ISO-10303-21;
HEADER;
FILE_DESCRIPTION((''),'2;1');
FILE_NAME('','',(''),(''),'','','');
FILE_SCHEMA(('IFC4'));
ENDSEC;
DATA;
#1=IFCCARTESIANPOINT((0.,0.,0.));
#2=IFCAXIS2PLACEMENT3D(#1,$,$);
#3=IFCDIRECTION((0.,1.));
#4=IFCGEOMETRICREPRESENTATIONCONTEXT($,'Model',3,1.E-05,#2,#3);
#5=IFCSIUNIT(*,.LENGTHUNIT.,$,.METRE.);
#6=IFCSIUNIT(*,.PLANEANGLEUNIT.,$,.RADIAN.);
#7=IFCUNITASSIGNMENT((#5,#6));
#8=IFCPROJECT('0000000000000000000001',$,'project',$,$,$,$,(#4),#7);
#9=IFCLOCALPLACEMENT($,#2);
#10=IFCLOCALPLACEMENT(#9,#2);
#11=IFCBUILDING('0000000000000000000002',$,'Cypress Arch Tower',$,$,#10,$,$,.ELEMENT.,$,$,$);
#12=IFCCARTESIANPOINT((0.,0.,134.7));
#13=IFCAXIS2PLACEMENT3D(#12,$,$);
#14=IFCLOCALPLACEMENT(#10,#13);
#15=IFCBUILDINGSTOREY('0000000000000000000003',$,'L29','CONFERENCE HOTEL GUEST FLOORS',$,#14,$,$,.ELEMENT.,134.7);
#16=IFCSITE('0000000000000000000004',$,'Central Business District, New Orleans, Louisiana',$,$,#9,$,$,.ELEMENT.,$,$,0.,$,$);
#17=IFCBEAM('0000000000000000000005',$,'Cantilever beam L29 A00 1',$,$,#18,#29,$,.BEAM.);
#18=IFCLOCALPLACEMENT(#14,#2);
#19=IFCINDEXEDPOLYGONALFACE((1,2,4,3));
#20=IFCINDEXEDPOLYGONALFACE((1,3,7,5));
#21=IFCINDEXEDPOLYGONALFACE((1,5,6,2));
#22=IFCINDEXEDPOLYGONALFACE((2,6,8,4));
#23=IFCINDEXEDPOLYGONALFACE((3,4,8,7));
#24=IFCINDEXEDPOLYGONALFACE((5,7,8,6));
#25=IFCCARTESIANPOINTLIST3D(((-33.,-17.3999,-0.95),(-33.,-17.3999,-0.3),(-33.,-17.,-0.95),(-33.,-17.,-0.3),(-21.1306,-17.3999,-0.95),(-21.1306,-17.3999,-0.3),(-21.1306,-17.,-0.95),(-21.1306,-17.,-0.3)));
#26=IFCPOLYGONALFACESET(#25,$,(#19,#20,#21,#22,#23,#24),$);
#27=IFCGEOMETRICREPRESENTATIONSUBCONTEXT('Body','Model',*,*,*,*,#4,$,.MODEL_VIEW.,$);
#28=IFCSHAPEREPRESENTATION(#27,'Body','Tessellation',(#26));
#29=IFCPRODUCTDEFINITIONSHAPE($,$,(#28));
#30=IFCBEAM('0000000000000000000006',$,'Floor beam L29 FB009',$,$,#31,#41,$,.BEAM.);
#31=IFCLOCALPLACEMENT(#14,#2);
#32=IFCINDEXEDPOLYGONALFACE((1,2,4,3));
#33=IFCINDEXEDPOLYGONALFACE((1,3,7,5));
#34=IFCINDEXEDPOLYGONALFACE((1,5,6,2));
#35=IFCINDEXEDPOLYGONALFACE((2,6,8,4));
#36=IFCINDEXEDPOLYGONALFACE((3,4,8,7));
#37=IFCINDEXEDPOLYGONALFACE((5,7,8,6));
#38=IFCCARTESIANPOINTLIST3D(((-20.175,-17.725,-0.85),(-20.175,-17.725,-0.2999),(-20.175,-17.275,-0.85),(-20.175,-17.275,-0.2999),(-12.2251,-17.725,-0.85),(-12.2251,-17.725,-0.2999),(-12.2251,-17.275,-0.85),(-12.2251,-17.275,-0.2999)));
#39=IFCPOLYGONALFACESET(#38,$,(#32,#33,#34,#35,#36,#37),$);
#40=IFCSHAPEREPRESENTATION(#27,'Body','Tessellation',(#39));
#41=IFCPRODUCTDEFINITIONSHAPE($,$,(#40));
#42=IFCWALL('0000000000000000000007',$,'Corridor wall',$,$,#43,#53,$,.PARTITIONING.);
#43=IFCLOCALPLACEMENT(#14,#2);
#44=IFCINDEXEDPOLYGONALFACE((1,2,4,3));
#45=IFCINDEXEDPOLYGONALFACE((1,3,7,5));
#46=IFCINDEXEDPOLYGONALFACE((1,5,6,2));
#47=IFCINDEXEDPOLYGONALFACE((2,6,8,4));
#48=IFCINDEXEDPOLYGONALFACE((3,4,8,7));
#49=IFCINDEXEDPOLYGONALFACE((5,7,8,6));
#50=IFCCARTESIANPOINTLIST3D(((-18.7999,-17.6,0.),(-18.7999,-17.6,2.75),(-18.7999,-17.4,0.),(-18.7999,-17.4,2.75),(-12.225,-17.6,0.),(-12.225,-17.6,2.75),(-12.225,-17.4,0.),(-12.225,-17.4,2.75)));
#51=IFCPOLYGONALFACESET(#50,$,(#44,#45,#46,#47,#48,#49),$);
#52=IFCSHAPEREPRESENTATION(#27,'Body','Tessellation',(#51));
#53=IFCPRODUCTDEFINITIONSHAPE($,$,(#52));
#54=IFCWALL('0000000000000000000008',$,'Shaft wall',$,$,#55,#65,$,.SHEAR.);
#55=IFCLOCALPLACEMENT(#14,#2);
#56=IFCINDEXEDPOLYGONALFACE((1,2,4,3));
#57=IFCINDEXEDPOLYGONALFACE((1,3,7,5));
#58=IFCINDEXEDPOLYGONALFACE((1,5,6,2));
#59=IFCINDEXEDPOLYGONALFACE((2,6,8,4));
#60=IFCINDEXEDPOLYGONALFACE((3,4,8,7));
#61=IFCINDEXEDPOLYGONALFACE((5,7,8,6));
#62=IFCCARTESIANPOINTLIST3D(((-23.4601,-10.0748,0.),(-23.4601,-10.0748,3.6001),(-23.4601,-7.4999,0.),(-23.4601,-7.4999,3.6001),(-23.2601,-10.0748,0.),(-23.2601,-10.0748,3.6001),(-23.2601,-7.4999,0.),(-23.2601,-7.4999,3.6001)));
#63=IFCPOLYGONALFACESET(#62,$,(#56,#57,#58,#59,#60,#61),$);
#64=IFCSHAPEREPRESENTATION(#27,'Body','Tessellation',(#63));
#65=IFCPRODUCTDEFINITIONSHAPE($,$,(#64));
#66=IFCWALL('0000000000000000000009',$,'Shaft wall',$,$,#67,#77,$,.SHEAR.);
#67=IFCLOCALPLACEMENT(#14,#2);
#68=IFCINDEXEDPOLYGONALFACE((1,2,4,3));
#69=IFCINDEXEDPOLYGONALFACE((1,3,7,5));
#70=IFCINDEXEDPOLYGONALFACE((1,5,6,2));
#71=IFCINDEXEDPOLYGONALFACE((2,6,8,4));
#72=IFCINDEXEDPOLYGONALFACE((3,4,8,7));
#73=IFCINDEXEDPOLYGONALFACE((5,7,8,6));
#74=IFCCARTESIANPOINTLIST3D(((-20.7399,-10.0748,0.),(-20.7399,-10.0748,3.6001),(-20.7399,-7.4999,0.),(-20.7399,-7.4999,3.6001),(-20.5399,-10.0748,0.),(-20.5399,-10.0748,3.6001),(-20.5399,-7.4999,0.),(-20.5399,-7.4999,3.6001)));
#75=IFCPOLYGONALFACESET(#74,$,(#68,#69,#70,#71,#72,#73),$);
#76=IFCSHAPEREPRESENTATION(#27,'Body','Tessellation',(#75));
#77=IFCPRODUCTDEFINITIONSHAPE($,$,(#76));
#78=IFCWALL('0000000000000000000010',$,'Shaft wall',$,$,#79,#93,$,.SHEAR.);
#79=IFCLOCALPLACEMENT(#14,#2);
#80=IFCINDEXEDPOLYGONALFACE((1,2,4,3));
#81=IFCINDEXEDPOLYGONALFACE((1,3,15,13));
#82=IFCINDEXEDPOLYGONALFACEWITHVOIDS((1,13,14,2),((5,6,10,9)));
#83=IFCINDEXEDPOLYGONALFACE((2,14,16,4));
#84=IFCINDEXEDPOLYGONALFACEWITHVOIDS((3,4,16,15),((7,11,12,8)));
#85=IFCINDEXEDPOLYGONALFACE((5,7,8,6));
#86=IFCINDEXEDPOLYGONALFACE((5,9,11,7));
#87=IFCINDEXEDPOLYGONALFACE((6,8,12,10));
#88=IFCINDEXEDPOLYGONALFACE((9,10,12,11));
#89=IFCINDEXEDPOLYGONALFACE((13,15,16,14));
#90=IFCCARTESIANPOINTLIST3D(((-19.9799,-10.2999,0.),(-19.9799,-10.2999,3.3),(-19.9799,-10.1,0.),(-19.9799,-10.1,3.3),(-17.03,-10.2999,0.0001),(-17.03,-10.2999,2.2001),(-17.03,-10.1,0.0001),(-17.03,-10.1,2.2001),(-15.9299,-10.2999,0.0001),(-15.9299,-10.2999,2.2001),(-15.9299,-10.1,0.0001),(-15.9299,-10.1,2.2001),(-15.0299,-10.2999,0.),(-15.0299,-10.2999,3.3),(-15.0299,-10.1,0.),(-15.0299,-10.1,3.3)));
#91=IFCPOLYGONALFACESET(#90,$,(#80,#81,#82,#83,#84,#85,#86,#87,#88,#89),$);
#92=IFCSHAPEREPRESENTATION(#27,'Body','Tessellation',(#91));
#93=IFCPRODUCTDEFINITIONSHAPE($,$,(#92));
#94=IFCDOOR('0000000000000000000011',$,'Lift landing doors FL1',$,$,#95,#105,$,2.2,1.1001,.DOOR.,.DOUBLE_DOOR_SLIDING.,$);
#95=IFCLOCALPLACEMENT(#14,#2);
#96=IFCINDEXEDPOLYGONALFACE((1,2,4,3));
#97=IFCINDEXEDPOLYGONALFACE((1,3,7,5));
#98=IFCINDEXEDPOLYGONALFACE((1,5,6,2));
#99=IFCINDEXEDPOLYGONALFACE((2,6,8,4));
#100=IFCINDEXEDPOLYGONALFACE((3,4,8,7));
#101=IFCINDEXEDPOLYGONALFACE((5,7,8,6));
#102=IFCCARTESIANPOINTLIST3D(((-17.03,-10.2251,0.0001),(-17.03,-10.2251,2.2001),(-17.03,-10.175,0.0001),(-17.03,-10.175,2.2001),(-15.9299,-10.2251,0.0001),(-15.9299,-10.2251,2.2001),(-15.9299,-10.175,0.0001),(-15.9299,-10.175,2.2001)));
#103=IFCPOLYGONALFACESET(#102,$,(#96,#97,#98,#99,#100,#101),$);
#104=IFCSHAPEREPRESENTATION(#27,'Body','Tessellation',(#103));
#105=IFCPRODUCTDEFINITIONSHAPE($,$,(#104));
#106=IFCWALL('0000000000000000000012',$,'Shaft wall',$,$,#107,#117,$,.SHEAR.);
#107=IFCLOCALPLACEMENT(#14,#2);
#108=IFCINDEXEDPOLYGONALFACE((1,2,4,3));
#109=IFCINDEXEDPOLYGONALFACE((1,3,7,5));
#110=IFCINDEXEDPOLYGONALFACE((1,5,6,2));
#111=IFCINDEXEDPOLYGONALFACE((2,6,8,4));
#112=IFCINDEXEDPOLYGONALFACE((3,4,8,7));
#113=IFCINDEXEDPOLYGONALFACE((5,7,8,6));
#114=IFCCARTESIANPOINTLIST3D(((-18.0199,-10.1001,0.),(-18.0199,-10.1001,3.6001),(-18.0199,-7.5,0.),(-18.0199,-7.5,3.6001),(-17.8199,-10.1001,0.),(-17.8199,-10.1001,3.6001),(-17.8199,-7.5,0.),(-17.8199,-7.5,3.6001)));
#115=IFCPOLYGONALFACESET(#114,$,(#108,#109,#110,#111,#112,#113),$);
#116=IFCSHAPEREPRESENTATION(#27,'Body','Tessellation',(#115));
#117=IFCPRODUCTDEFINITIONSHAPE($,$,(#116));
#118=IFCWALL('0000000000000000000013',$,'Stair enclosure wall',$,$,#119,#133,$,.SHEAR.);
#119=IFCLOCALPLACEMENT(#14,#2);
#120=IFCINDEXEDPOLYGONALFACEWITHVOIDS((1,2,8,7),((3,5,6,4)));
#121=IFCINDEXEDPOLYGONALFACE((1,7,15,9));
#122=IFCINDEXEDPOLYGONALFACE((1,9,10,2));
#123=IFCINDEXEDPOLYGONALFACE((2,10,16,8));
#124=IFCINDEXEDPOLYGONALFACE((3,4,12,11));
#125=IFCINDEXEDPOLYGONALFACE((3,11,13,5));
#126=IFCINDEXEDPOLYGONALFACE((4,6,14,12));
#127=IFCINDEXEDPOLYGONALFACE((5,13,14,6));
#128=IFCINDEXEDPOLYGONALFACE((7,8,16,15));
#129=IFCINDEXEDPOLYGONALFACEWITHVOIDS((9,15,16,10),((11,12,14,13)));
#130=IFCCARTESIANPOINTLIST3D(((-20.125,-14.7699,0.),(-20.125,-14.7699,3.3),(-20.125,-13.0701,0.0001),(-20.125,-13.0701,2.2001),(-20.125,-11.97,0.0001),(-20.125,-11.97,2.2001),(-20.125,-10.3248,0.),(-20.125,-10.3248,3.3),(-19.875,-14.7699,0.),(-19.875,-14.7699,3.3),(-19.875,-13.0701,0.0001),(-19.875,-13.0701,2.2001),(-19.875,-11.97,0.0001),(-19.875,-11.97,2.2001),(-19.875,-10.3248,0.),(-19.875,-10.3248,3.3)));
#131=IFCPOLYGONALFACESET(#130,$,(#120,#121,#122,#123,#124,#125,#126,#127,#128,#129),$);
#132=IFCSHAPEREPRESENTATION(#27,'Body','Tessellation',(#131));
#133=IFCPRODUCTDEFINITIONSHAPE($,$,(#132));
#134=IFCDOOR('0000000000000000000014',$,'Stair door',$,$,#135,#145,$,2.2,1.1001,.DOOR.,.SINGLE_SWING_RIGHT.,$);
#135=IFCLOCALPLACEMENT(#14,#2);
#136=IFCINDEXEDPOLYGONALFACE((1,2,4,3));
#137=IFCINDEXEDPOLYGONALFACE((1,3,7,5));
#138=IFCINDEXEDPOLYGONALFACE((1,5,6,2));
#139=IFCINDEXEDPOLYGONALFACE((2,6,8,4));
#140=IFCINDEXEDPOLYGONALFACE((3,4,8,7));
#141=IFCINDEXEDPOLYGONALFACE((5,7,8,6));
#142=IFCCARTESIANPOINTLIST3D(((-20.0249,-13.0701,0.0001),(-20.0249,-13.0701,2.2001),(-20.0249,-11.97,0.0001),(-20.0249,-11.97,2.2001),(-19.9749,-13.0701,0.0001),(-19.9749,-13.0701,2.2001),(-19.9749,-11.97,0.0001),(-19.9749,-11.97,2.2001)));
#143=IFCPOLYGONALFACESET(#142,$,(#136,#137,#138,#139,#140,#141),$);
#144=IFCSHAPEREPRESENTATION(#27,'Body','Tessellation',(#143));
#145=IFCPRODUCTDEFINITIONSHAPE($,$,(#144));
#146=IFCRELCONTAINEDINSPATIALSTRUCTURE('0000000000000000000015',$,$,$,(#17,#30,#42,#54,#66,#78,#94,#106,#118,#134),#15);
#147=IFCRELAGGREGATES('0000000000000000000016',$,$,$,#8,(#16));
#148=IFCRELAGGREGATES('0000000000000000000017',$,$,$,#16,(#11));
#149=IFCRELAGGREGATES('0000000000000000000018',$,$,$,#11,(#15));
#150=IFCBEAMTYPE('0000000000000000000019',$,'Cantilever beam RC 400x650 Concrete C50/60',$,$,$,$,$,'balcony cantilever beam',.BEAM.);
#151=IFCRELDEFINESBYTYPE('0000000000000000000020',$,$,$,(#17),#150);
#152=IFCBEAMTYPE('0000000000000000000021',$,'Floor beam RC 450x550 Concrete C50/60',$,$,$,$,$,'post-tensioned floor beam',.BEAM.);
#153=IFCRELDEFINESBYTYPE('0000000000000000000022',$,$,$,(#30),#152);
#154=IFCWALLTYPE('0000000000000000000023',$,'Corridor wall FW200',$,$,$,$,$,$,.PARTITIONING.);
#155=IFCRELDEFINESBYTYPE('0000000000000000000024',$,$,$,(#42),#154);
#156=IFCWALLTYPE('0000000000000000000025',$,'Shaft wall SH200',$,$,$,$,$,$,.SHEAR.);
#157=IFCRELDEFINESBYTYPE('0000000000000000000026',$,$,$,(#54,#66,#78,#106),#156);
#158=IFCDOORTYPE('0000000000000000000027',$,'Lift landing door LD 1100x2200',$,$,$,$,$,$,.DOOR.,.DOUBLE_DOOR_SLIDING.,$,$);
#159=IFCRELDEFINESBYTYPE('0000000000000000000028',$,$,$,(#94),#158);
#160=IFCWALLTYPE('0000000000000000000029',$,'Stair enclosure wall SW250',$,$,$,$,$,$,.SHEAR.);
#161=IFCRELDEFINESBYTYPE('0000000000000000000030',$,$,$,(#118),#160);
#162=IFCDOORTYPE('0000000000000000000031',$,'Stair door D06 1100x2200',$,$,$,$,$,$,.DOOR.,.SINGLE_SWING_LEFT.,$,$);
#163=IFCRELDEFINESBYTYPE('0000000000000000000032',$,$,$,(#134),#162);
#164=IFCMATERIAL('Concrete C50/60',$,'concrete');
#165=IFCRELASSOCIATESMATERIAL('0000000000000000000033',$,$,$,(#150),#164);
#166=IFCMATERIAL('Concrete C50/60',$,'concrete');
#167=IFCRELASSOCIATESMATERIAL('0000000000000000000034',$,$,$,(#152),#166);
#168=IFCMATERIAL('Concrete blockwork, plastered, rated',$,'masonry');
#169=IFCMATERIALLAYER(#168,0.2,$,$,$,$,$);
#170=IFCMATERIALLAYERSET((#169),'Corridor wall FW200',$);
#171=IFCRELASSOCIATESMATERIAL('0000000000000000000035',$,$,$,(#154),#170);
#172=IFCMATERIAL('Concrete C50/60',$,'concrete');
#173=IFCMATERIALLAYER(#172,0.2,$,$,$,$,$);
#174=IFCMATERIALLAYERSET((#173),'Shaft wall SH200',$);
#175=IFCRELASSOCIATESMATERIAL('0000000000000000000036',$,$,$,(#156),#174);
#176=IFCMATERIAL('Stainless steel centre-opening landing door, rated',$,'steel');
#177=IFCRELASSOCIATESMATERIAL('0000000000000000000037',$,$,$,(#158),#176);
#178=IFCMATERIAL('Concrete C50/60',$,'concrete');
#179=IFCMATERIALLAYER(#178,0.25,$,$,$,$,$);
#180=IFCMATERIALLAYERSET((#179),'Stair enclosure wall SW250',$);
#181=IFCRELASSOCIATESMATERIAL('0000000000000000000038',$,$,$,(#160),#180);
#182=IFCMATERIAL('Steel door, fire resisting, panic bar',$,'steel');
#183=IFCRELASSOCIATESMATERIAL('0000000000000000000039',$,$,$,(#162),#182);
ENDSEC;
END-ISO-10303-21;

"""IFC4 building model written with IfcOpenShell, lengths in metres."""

from ifc_helpers import new_model, si_unit, direction, frame, frame_2d, origin, origin_2d, place, context, subcontext, project, spatial, rectangle, extrude, material, layer, layer_set, material_profile, profile_set, type_object, element, fill, save


model = new_model("IFC4")

# Units and contexts
model_context = context("Model", 3, precision=1e-05, world=origin(), true_north=direction((0.0, 1.0)))
body_context = subcontext(model_context, "Body", "Model", "MODEL_VIEW")
ifc_project = project(units=[si_unit("LENGTHUNIT", "METRE"), si_unit("PLANEANGLEUNIT", "RADIAN")], contexts=[model_context])

# Site, building, storey
site_placement = place(None, origin())
site = spatial("IfcSite", under=ifc_project, at=site_placement, Name="Central Business District, New Orleans, Louisiana", CompositionType="ELEMENT", RefElevation=0.0)
building_placement = place(site_placement, origin())
building = spatial("IfcBuilding", under=site, at=building_placement, Name="Cypress Arch Tower", CompositionType="ELEMENT")
storey_placement = place(building_placement, frame((0.0, 0.0, 134.7)))
storey = spatial("IfcBuildingStorey", under=building, at=storey_placement, Name="L29", Description="CONFERENCE HOTEL GUEST FLOORS", CompositionType="ELEMENT", Elevation=134.7)

# Beams
ifc_material_1 = material(Name="Concrete C50/60", Category="concrete")
ifc_material_profile_1 = material_profile(ifc_material_1, rectangle(XDim=0.3999, YDim=0.6499, at=origin_2d()), Name="RC 400x650")
ifc_profile_set_1 = profile_set([ifc_material_profile_1], Name="Concrete C50/60")
beam_type_1 = type_object("IfcBeamType", Name="Cantilever beam RC 400x650 Concrete C50/60", ElementType="balcony cantilever beam", PredefinedType="BEAM", material=ifc_profile_set_1)
beam_1_placement = place(storey_placement, frame((-21.1306, -17.2, -0.625), z_axis=(-1.0, 0.0, 0.0), x_axis=(0.0, -1.0, 0.0)))
element("IfcBeam", 1, at=beam_1_placement, inside=storey, type_object=beam_type_1, Name="Cantilever beam L29 A00 1", PredefinedType="BEAM", context=body_context, shape_type="SweptSolid", body=[
    extrude(rectangle(XDim=0.3999, YDim=0.6499, at=origin_2d()), origin(), (0.0, 0.0, 1.0), 11.8694),
])
ifc_material_2 = material(Name="Concrete C50/60", Category="concrete")
ifc_material_profile_2 = material_profile(ifc_material_2, rectangle(XDim=0.45, YDim=0.55, at=origin_2d()), Name="RC 450x550")
ifc_profile_set_2 = profile_set([ifc_material_profile_2], Name="Concrete C50/60")
beam_type_2 = type_object("IfcBeamType", Name="Floor beam RC 450x550 Concrete C50/60", ElementType="post-tensioned floor beam", PredefinedType="BEAM", material=ifc_profile_set_2)
beam_2_placement = place(storey_placement, frame((-20.175, -17.5, -0.575), z_axis=(1.0, 0.0, 0.0), x_axis=(0.0, 1.0, 0.0)))
element("IfcBeam", 2, at=beam_2_placement, inside=storey, type_object=beam_type_2, Name="Floor beam L29 FB009", PredefinedType="BEAM", context=body_context, shape_type="SweptSolid", body=[
    extrude(rectangle(XDim=0.45, YDim=0.55, at=origin_2d()), origin(), (0.0, 0.0, 1.0), 7.95),
])

# Walls
ifc_material_3 = material(Name="Concrete blockwork, plastered, rated", Category="masonry")
ifc_layer_1 = layer(ifc_material_3, 0.2)
ifc_layer_set_1 = layer_set([ifc_layer_1], Name="Corridor wall FW200")
wall_type_1 = type_object("IfcWallType", Name="Corridor wall FW200", PredefinedType="PARTITIONING", material=ifc_layer_set_1)
wall_1_placement = place(storey_placement, frame((-18.8, -17.5, 0.0), z_axis=(0.0, 0.0, 1.0), x_axis=(1.0, 0.0, 0.0)))
element("IfcWall", 3, at=wall_1_placement, inside=storey, type_object=wall_type_1, Name="Corridor wall", PredefinedType="PARTITIONING", context=body_context, shape_type="SweptSolid", body=[
    extrude(rectangle(XDim=6.575, YDim=0.2, at=frame_2d((3.2876, 0.0))), origin(), (0.0, 0.0, 1.0), 2.75),
])
ifc_material_4 = material(Name="Concrete C50/60", Category="concrete")
ifc_layer_2 = layer(ifc_material_4, 0.2)
ifc_layer_set_2 = layer_set([ifc_layer_2], Name="Shaft wall SH200")
wall_type_2 = type_object("IfcWallType", Name="Shaft wall SH200", PredefinedType="SHEAR", material=ifc_layer_set_2)
for number, where, z_axis, x_axis, name in (
    (4, (-23.3601, -10.075, 0.0), (0.0, 0.0, 1.0), (0.0, 1.0, 0.0), "Shaft wall"),
    (5, (-20.6399, -10.075, 0.0), (0.0, 0.0, 1.0), (0.0, 1.0, 0.0), "Shaft wall"),
):
    element("IfcWall", number, at=place(storey_placement, frame(where, z_axis=z_axis, x_axis=x_axis)), inside=storey, type_object=wall_type_2, Name=name, PredefinedType="SHEAR", context=body_context, shape_type="SweptSolid", body=[
        extrude(rectangle(XDim=2.575, YDim=0.2, at=frame_2d((1.2876, 0.0))), origin(), (0.0, 0.0, 1.0), 3.6001),
    ])

# Wall, opening, door
wall_2_placement = place(storey_placement, frame((-19.98, -10.2, 0.0), z_axis=(0.0, 0.0, 1.0), x_axis=(1.0, 0.0, 0.0)))
wall_2 = element("IfcWall", 6, at=wall_2_placement, inside=storey, type_object=wall_type_2, Name="Shaft wall", PredefinedType="SHEAR", context=body_context, shape_type="SweptSolid", body=[
    extrude(rectangle(XDim=4.95, YDim=0.2, at=frame_2d((2.4751, 0.0))), origin(), (0.0, 0.0, 1.0), 3.3),
])
opening_1_placement = place(wall_2_placement, frame((2.95, 0.0, 0.0)))
opening_1 = element("IfcOpeningElement", 7, at=opening_1_placement, cuts=wall_2, PredefinedType="OPENING", context=body_context, shape_type="SweptSolid", body=[
    extrude(rectangle(XDim=1.1001, YDim=2.2, at=frame_2d((0.55, 1.1001))), frame((0.0, 0.1099, 0.0), z_axis=(0.0, -1.0, 0.0), x_axis=(1.0, 0.0, 0.0)), (0.0, 0.0, 1.0), 0.22),
])
ifc_material_5 = material(Name="Stainless steel centre-opening landing door, rated", Category="steel")
door_type_1 = type_object("IfcDoorType", Name="Lift landing door LD 1100x2200", OperationType="DOUBLE_DOOR_SLIDING", PredefinedType="DOOR", material=ifc_material_5)
door_1_placement = place(opening_1_placement, origin())
door_1 = element("IfcDoor", 8, at=door_1_placement, inside=storey, type_object=door_type_1, Name="Lift landing doors FL1", OperationType="DOUBLE_DOOR_SLIDING", OverallHeight=2.2, OverallWidth=1.1001, PredefinedType="DOOR", context=body_context, shape_type="SweptSolid", body=[
    extrude(rectangle(XDim=1.1001, YDim=2.2, at=frame_2d((0.55, 1.1001))), frame((0.0, 0.0249, 0.0), z_axis=(0.0, -1.0, 0.0), x_axis=(1.0, 0.0, 0.0)), (0.0, 0.0, 1.0), 0.05),
])
fill(opening_1, door_1)

# Wall
wall_3_placement = place(storey_placement, frame((-17.9199, -10.1001, 0.0), z_axis=(0.0, 0.0, 1.0), x_axis=(0.0, 1.0, 0.0)))
element("IfcWall", 9, at=wall_3_placement, inside=storey, type_object=wall_type_2, Name="Shaft wall", PredefinedType="SHEAR", context=body_context, shape_type="SweptSolid", body=[
    extrude(rectangle(XDim=2.6001, YDim=0.2, at=frame_2d((1.3, 0.0))), origin(), (0.0, 0.0, 1.0), 3.6001),
])

# Wall, opening, door
ifc_material_6 = material(Name="Concrete C50/60", Category="concrete")
ifc_layer_3 = layer(ifc_material_6, 0.25)
ifc_layer_set_3 = layer_set([ifc_layer_3], Name="Stair enclosure wall SW250")
wall_type_3 = type_object("IfcWallType", Name="Stair enclosure wall SW250", PredefinedType="SHEAR", material=ifc_layer_set_3)
wall_4_placement = place(storey_placement, frame((-20.0, -14.77, 0.0), z_axis=(0.0, 0.0, 1.0), x_axis=(0.0, 1.0, 0.0)))
wall_4 = element("IfcWall", 10, at=wall_4_placement, inside=storey, type_object=wall_type_3, Name="Stair enclosure wall", PredefinedType="SHEAR", context=body_context, shape_type="SweptSolid", body=[
    extrude(rectangle(XDim=4.4451, YDim=0.25, at=frame_2d((2.2227, 0.0))), origin(), (0.0, 0.0, 1.0), 3.3),
])
opening_2_placement = place(wall_4_placement, frame((1.7, 0.0, 0.0)))
opening_2 = element("IfcOpeningElement", 11, at=opening_2_placement, cuts=wall_4, PredefinedType="OPENING", context=body_context, shape_type="SweptSolid", body=[
    extrude(rectangle(XDim=1.1001, YDim=2.2, at=frame_2d((0.55, 1.1001))), frame((0.0, 0.135, 0.0), z_axis=(0.0, -1.0, 0.0), x_axis=(1.0, 0.0, 0.0)), (0.0, 0.0, 1.0), 0.27),
])
ifc_material_7 = material(Name="Steel door, fire resisting, panic bar", Category="steel")
door_type_2 = type_object("IfcDoorType", Name="Stair door D06 1100x2200", OperationType="SINGLE_SWING_LEFT", PredefinedType="DOOR", material=ifc_material_7)
door_2_placement = place(opening_2_placement, origin())
door_2 = element("IfcDoor", 12, at=door_2_placement, inside=storey, type_object=door_type_2, Name="Stair door", OperationType="SINGLE_SWING_RIGHT", OverallHeight=2.2, OverallWidth=1.1001, PredefinedType="DOOR", context=body_context, shape_type="SweptSolid", body=[
    extrude(rectangle(XDim=1.1001, YDim=2.2, at=frame_2d((0.55, 1.1001))), frame((0.0, 0.0249, 0.0), z_axis=(0.0, -1.0, 0.0), x_axis=(1.0, 0.0, 0.0)), (0.0, 0.0, 1.0), 0.05),
])
fill(opening_2, door_2)

save(model, "model.ifc")
